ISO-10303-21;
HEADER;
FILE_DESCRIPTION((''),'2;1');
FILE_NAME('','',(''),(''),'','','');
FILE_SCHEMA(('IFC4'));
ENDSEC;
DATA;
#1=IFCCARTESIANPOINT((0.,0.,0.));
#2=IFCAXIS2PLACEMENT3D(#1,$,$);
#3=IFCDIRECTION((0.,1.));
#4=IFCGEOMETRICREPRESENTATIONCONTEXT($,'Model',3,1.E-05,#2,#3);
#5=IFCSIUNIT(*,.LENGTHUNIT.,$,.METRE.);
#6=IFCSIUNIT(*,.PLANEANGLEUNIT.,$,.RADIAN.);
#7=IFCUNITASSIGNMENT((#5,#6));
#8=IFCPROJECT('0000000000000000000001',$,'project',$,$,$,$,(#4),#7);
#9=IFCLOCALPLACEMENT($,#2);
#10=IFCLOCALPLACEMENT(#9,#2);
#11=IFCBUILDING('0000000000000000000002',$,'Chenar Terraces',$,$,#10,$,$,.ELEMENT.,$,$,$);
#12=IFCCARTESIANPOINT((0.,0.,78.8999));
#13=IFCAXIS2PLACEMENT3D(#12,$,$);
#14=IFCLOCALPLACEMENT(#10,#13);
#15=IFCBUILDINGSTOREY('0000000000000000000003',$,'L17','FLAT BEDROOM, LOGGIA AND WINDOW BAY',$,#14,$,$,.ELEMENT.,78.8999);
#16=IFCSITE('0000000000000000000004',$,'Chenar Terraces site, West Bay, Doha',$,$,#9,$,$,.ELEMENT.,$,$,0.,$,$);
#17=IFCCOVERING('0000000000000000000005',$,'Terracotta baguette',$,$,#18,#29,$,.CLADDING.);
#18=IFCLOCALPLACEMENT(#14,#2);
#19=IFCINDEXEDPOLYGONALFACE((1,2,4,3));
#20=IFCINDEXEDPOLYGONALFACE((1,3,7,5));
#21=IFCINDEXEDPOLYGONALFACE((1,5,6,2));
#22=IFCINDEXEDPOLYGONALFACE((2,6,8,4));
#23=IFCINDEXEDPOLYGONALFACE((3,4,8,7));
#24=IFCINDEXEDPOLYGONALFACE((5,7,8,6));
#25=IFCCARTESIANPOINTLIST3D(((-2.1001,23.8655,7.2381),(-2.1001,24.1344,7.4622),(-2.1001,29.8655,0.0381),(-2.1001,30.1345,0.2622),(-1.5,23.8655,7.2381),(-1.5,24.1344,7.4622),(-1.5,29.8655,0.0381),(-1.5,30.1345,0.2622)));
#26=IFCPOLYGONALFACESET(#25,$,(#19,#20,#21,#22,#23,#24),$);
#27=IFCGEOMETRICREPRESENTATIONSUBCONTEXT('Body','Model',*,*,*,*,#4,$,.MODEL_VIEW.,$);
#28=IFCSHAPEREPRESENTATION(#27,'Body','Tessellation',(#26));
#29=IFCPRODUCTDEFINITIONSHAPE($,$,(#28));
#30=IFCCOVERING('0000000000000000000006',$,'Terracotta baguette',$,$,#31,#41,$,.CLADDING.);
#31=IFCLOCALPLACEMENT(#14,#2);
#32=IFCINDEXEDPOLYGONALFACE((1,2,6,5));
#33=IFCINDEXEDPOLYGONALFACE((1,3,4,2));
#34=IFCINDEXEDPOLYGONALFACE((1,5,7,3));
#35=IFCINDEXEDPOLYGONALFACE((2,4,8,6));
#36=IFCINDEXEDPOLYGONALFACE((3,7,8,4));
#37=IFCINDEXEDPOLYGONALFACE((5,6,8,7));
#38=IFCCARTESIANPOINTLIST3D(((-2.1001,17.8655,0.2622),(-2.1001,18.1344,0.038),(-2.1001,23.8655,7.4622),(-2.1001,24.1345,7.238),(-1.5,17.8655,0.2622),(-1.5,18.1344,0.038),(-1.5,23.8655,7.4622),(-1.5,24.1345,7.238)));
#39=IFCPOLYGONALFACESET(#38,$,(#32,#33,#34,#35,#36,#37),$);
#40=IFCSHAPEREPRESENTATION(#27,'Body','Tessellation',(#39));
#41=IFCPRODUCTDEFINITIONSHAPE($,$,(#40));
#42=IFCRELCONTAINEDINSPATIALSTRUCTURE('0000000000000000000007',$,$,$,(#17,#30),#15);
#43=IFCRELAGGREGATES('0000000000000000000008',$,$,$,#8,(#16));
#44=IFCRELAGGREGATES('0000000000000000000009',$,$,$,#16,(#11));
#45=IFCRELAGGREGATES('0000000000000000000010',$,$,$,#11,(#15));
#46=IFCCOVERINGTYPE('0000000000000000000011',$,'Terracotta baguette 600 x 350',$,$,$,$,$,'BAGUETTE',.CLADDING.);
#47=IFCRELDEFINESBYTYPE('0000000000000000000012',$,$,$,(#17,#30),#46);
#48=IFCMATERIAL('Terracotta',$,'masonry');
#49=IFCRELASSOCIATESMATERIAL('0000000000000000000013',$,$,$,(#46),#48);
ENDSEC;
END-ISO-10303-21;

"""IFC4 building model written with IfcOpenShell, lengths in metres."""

from ifc_helpers import new_model, si_unit, direction, frame, origin, origin_2d, place, context, subcontext, project, spatial, rectangle, extrude, material, material_profile, profile_set, type_object, element, save


model = new_model("IFC4")

# Units and contexts
model_context = context("Model", 3, precision=1e-05, world=origin(), true_north=direction((0.0, 1.0)))
body_context = subcontext(model_context, "Body", "Model", "MODEL_VIEW")
ifc_project = project(units=[si_unit("LENGTHUNIT", "METRE"), si_unit("PLANEANGLEUNIT", "RADIAN")], contexts=[model_context])

# Site, building, storey
site_placement = place(None, origin())
site = spatial("IfcSite", under=ifc_project, at=site_placement, Name="Chenar Terraces site, West Bay, Doha", CompositionType="ELEMENT", RefElevation=0.0)
building_placement = place(site_placement, origin())
building = spatial("IfcBuilding", under=site, at=building_placement, Name="Chenar Terraces", CompositionType="ELEMENT")
storey_placement = place(building_placement, frame((0.0, 0.0, 78.8999)))
storey = spatial("IfcBuildingStorey", under=building, at=storey_placement, Name="L17", Description="FLAT BEDROOM, LOGGIA AND WINDOW BAY", CompositionType="ELEMENT", Elevation=78.8999)

# Coverings
ifc_material_1 = material(Name="Terracotta", Category="masonry")
ifc_material_profile_1 = material_profile(ifc_material_1, rectangle(XDim=0.6001, YDim=0.3501, at=origin_2d()), Name="Terracotta baguette 600 x 350")
ifc_profile_set_1 = profile_set([ifc_material_profile_1], Name="Terracotta")
covering_type = type_object("IfcCoveringType", Name="Terracotta baguette 600 x 350", ElementType="BAGUETTE", PredefinedType="CLADDING", material=ifc_profile_set_1)
for number, where, z_axis, x_axis, name in (
    (1, (-1.8, 30.0, 0.1501), (0.0, -0.640187, 0.768219), (1.0, 0.0, 0.0), "Terracotta baguette"),
    (2, (-1.8, 24.0, 7.3501), (0.0, -0.640187, -0.768219), (1.0, 0.0, 0.0), "Terracotta baguette"),
):
    element("IfcCovering", number, at=place(storey_placement, frame(where, z_axis=z_axis, x_axis=x_axis)), inside=storey, type_object=covering_type, Name=name, PredefinedType="CLADDING", context=body_context, shape_type="SweptSolid", body=[
        extrude(rectangle(XDim=0.6001, YDim=0.3501, at=origin_2d()), origin(), (0.0, 0.0, 1.0), 9.3723),
    ])

save(model, "model.ifc")
